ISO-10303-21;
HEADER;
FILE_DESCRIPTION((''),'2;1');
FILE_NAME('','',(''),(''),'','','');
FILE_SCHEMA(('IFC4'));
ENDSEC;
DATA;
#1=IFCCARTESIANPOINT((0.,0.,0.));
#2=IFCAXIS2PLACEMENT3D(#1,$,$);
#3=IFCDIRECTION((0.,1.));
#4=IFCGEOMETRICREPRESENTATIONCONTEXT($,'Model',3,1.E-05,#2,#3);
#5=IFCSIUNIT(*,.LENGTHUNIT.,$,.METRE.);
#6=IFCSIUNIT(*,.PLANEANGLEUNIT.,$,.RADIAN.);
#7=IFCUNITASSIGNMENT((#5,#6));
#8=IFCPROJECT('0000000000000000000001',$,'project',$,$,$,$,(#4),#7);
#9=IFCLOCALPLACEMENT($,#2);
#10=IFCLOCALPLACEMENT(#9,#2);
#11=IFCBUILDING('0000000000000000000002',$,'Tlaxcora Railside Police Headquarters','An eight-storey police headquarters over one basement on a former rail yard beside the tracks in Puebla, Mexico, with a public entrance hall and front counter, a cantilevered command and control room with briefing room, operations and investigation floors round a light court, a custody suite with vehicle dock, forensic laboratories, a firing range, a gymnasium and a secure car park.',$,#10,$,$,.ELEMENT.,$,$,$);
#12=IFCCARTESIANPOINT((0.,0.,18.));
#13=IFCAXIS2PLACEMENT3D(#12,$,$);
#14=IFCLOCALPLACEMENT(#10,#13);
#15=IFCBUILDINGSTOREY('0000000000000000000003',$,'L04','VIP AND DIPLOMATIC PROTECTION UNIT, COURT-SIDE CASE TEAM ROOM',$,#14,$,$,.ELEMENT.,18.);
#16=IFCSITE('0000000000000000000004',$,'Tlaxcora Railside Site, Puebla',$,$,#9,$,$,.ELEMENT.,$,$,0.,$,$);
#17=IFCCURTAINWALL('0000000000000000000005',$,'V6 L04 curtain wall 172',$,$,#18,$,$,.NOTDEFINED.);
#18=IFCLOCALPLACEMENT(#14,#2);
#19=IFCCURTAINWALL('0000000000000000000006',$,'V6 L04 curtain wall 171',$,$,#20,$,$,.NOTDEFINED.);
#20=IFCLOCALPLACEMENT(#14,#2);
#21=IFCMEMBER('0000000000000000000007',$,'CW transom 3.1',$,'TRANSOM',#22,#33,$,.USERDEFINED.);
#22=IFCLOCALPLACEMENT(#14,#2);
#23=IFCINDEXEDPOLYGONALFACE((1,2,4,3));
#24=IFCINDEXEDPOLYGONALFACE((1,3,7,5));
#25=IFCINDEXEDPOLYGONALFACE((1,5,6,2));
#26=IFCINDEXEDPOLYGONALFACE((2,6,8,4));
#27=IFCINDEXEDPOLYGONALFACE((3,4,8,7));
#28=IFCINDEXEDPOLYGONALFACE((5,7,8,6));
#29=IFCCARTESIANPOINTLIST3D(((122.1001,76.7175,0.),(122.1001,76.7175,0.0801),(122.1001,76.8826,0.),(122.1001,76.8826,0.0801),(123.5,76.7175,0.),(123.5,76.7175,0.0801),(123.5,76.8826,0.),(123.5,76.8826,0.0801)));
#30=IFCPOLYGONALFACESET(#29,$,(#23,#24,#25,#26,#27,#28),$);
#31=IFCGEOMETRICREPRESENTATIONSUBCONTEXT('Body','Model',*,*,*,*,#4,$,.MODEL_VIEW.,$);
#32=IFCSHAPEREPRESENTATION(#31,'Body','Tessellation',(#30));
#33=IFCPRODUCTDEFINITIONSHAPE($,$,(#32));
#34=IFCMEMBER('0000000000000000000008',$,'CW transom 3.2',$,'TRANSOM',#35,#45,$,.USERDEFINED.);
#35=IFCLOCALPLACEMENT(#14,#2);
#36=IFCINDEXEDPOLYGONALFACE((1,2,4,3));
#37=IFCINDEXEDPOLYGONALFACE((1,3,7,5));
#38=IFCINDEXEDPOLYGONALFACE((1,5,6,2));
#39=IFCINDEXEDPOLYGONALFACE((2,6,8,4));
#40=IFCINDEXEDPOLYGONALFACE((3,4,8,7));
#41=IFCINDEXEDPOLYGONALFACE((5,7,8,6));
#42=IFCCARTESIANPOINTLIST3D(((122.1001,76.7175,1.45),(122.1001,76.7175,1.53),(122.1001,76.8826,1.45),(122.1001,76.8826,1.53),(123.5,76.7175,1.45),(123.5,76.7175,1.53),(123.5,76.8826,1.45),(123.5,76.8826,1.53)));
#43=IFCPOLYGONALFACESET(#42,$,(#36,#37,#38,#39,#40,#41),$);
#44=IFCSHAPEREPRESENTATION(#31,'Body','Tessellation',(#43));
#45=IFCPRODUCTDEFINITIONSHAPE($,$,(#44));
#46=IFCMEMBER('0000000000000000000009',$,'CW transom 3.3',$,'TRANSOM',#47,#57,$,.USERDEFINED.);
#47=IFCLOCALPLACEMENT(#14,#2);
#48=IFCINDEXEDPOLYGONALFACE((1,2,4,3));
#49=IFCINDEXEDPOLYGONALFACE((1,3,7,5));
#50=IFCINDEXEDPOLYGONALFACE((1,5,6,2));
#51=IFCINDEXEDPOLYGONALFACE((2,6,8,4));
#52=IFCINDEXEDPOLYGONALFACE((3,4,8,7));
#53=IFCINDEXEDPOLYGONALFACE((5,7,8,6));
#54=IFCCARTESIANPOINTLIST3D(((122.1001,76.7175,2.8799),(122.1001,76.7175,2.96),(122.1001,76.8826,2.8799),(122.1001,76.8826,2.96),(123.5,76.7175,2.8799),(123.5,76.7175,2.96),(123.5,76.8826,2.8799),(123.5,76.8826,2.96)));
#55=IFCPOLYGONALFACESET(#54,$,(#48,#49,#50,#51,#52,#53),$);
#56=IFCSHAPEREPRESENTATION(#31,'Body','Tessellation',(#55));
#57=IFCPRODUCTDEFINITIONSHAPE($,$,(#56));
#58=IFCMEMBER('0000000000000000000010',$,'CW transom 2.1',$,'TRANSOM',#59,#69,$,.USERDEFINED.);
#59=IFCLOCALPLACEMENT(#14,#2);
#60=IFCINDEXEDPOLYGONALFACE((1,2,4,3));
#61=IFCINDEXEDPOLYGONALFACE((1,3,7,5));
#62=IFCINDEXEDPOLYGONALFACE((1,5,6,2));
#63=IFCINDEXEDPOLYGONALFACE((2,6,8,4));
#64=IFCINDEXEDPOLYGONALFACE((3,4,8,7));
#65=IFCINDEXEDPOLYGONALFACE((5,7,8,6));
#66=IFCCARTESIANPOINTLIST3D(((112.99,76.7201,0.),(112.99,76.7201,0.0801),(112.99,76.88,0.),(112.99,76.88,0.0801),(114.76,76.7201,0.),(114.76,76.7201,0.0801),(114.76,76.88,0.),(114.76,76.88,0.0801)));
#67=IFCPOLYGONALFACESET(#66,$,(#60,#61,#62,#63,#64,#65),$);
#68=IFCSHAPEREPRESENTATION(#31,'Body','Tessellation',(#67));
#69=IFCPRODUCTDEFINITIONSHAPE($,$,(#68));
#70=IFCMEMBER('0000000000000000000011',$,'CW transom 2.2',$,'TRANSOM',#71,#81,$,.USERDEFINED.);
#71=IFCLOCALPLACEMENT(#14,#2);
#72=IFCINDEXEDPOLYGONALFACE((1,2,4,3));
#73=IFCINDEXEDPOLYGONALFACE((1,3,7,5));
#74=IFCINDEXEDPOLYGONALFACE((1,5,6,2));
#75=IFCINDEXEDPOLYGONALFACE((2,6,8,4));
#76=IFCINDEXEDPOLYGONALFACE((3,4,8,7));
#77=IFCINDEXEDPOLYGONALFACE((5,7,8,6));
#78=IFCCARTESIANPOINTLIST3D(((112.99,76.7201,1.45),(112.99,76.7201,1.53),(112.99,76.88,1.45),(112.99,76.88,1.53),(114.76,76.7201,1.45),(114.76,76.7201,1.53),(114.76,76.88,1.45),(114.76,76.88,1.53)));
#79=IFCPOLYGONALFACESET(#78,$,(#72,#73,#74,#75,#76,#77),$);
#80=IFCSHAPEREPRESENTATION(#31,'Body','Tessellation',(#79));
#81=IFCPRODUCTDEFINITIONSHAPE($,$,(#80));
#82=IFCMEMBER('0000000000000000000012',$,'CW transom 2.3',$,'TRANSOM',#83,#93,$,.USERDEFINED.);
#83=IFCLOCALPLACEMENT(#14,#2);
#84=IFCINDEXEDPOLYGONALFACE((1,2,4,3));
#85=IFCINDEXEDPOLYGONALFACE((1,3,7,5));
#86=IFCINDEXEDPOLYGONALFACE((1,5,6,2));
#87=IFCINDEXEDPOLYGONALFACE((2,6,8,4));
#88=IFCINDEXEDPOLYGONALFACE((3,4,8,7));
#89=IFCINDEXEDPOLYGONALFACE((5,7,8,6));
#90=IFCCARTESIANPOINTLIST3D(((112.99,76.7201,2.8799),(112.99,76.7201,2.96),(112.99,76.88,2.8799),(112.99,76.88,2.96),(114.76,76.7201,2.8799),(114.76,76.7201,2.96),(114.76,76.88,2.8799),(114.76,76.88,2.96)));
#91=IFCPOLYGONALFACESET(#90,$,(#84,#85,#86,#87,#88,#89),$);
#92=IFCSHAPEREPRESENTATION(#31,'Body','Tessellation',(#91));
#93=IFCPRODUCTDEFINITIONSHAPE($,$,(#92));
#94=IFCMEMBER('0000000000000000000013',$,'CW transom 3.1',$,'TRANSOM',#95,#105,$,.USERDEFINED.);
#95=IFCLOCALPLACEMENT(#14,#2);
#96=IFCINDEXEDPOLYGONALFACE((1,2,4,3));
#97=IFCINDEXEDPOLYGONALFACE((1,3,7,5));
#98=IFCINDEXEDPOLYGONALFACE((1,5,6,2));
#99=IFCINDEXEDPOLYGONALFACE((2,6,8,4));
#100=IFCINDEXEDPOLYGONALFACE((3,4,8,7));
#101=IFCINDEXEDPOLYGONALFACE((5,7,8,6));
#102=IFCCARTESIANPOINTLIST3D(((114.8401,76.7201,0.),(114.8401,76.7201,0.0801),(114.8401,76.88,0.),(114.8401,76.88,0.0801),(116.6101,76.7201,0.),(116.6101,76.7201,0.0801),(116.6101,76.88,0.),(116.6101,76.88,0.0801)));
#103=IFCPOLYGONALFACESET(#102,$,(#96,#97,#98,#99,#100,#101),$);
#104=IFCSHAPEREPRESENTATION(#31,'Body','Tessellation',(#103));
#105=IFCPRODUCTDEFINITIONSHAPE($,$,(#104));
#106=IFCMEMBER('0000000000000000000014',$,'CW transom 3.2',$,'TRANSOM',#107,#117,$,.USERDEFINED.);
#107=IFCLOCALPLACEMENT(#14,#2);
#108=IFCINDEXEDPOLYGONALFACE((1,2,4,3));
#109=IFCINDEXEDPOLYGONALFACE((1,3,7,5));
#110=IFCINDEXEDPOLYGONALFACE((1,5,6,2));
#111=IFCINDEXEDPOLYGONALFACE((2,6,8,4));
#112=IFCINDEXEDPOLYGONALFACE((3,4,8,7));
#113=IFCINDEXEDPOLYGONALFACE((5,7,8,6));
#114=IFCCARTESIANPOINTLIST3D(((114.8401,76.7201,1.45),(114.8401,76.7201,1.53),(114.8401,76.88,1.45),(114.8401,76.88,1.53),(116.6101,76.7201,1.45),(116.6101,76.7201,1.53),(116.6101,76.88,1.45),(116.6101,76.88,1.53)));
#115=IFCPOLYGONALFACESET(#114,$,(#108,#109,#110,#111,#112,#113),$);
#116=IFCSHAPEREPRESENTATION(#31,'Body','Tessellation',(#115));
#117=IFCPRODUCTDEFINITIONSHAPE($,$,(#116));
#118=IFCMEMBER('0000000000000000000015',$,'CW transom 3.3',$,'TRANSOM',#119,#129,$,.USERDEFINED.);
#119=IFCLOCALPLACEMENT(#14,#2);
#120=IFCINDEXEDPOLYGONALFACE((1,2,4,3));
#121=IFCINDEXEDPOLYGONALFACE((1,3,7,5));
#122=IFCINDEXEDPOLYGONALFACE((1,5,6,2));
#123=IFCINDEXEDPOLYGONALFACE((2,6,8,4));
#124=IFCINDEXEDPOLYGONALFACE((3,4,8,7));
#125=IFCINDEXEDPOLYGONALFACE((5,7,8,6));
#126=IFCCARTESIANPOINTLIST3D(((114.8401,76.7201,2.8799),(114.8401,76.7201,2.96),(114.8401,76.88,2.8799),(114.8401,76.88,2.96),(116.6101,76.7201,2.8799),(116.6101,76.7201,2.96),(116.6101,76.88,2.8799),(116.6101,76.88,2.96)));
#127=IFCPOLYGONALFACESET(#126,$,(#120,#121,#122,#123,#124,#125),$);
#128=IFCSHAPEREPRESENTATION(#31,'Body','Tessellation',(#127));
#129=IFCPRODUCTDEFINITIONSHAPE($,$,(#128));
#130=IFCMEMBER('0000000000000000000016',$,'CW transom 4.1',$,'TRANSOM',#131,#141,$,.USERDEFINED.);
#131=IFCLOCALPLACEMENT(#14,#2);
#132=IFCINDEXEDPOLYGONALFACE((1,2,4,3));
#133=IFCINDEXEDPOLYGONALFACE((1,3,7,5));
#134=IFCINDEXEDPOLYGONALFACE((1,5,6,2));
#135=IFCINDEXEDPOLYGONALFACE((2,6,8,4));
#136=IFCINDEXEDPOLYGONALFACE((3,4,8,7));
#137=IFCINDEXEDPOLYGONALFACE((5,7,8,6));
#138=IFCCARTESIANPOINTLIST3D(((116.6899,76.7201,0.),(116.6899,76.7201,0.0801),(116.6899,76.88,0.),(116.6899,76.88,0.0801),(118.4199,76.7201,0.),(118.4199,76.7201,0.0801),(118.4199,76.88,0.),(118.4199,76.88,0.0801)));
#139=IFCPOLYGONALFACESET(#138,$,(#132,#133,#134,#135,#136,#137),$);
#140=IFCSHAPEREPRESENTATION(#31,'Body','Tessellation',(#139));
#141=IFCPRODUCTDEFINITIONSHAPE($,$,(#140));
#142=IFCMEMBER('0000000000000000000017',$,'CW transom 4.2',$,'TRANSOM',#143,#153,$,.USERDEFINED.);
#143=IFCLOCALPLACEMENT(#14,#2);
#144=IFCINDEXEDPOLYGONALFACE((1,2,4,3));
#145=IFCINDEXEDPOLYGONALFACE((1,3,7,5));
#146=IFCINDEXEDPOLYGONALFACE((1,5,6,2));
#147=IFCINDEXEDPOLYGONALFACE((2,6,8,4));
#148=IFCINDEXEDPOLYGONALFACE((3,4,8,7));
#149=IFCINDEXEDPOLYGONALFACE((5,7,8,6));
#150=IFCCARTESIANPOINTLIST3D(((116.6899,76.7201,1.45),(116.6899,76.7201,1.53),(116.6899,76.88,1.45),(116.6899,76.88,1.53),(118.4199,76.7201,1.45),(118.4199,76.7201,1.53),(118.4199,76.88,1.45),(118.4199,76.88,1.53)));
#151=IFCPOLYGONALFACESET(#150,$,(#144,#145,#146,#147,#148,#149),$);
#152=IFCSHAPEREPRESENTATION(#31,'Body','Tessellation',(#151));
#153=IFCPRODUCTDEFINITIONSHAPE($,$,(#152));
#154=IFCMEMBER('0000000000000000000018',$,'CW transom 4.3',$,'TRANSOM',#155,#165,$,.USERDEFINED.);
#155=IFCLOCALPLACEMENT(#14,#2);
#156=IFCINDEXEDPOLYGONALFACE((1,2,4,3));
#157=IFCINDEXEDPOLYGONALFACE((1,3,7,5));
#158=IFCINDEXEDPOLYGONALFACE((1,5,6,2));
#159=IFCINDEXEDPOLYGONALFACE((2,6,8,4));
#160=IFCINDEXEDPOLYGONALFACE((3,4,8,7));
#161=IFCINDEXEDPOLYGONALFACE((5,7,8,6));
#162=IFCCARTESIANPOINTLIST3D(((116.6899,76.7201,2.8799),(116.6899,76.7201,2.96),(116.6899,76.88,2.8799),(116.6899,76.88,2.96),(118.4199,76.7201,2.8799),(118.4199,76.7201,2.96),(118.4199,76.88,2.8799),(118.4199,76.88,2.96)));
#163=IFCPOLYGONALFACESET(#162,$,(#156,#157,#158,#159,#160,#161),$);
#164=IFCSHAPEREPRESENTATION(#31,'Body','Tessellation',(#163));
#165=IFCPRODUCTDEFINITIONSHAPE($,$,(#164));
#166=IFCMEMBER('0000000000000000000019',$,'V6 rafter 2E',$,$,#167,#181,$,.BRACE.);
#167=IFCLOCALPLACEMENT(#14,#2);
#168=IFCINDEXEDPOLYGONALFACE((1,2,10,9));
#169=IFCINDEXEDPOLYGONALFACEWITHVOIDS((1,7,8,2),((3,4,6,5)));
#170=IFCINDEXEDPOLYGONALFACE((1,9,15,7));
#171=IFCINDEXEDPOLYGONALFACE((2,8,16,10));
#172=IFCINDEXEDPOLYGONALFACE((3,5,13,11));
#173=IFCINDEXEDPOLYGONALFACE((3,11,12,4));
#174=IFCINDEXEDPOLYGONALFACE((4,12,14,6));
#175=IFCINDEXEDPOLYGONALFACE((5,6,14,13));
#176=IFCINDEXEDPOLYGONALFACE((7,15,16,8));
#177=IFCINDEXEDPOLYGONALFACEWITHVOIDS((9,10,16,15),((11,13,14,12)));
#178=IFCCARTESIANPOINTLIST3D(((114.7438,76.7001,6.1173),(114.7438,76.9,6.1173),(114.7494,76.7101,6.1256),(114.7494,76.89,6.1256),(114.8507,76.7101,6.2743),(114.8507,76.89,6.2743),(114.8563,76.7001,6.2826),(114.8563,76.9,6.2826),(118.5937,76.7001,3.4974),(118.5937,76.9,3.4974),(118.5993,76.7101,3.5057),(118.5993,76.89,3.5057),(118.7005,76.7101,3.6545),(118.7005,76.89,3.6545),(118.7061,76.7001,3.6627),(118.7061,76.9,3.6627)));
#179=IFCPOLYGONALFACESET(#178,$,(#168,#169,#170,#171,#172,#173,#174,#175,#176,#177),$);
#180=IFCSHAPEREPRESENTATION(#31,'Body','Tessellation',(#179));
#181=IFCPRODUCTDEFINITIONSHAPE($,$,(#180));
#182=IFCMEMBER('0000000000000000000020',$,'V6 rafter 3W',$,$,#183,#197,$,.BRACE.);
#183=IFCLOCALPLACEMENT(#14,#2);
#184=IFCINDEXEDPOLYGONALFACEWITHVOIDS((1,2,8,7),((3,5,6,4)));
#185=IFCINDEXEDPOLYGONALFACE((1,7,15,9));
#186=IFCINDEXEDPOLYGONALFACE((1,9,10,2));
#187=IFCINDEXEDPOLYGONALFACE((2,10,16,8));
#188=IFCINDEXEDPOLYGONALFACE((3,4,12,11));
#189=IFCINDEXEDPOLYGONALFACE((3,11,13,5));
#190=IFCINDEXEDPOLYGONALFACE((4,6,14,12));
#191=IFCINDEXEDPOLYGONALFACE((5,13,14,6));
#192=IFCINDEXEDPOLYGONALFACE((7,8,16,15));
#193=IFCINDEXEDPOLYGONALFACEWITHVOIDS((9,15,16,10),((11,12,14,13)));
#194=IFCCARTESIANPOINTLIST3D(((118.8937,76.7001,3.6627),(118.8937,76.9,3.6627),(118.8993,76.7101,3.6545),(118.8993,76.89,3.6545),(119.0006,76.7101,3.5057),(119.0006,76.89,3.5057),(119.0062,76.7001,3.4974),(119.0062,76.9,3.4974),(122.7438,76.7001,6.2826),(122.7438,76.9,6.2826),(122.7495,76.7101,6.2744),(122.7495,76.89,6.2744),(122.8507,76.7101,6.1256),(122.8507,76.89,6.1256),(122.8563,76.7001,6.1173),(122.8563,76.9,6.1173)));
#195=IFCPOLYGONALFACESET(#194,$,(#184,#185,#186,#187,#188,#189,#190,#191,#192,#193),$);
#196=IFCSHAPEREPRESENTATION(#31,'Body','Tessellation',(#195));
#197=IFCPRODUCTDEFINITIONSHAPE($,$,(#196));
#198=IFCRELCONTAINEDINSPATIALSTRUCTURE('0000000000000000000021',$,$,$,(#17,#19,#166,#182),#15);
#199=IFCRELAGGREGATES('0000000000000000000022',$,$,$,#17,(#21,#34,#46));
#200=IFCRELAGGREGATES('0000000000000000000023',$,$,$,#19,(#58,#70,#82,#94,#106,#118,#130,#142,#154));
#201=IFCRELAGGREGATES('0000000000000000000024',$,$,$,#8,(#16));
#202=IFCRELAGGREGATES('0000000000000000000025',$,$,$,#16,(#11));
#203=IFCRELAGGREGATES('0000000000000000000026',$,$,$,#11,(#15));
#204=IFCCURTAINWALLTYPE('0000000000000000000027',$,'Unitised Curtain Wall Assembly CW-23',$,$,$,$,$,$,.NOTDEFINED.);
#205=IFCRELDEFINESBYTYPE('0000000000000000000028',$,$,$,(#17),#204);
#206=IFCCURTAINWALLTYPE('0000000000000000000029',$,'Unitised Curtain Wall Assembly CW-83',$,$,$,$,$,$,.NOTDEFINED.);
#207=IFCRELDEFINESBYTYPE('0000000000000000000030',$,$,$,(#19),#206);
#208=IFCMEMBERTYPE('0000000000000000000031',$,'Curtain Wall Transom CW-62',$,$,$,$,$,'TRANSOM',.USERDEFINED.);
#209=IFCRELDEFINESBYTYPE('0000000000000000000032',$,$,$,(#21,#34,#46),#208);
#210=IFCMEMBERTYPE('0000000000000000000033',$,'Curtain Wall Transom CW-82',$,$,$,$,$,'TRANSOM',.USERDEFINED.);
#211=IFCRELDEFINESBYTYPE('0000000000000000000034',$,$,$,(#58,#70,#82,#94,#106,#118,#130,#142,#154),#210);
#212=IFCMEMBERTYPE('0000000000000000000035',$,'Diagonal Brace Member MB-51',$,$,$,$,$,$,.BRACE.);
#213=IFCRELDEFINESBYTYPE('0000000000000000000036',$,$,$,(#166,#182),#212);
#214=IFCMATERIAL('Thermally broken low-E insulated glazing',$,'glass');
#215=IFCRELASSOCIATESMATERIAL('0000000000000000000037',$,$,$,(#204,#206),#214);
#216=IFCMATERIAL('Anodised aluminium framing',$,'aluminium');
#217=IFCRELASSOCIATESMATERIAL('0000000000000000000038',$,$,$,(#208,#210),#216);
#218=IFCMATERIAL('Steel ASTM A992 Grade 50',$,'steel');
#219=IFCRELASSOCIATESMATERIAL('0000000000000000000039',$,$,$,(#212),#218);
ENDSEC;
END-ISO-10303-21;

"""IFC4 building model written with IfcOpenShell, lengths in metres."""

from ifc_helpers import new_model, si_unit, direction, frame, origin, origin_2d, place, context, subcontext, project, spatial, rectangle, hollow_rectangle, extrude, material, material_profile, profile_set, type_object, element, aggregate, save


model = new_model("IFC4")

# Units and contexts
model_context = context("Model", 3, precision=1e-05, world=origin(), true_north=direction((0.0, 1.0)))
body_context = subcontext(model_context, "Body", "Model", "MODEL_VIEW")
ifc_project = project(units=[si_unit("LENGTHUNIT", "METRE"), si_unit("PLANEANGLEUNIT", "RADIAN")], contexts=[model_context])

# Site, building, storey
site_placement = place(None, origin())
site = spatial("IfcSite", under=ifc_project, at=site_placement, Name="Tlaxcora Railside Site, Puebla", CompositionType="ELEMENT", RefElevation=0.0)
building_placement = place(site_placement, origin())
building = spatial("IfcBuilding", under=site, at=building_placement, Name="Tlaxcora Railside Police Headquarters", Description="An eight-storey police headquarters over one basement on a former rail yard beside the tracks in Puebla, Mexico, with a public entrance hall and front counter, a cantilevered command and control room with briefing room, operations and investigation floors round a light court, a custody suite with vehicle dock, forensic laboratories, a firing range, a gymnasium and a secure car park.", CompositionType="ELEMENT")
storey_placement = place(building_placement, frame((0.0, 0.0, 18.0)))
storey = spatial("IfcBuildingStorey", under=building, at=storey_placement, Name="L04", Description="VIP AND DIPLOMATIC PROTECTION UNIT, COURT-SIDE CASE TEAM ROOM", CompositionType="ELEMENT", Elevation=18.0)

# Curtain walls
ifc_material_1 = material(Name="Thermally broken low-E insulated glazing", Category="glass")
curtain_wall_type_1 = type_object("IfcCurtainWallType", Name="Unitised Curtain Wall Assembly CW-23", PredefinedType="NOTDEFINED", material=ifc_material_1)
curtain_wall_1_placement = place(storey_placement, origin())
curtain_wall_1 = element("IfcCurtainWall", 1, at=curtain_wall_1_placement, inside=storey, type_object=curtain_wall_type_1, Name="V6 L04 curtain wall 172", PredefinedType="NOTDEFINED")
ifc_material_2 = material(Name="Anodised aluminium framing", Category="aluminium")
curtain_wall_type_2 = type_object("IfcCurtainWallType", Name="Unitised Curtain Wall Assembly CW-83", PredefinedType="NOTDEFINED", material=ifc_material_1)
curtain_wall_2_placement = place(storey_placement, origin())
curtain_wall_2 = element("IfcCurtainWall", 2, at=curtain_wall_2_placement, inside=storey, type_object=curtain_wall_type_2, Name="V6 L04 curtain wall 171", PredefinedType="NOTDEFINED")

# Members
ifc_material_profile_1 = material_profile(ifc_material_2, rectangle(XDim=0.165, YDim=0.0801, at=origin_2d()), Name="AL80X165")
ifc_profile_set_1 = profile_set([ifc_material_profile_1], Name="Anodised aluminium framing")
member_type_1 = type_object("IfcMemberType", Name="Curtain Wall Transom CW-62", ElementType="TRANSOM", PredefinedType="USERDEFINED", material=ifc_profile_set_1)
member_1_placement = place(storey_placement, frame((122.1001, 76.8, 0.04), z_axis=(1.0, 0.0, 0.0), x_axis=(0.0, 1.0, 0.0)))
member_1 = element("IfcMember", 3, at=member_1_placement, type_object=member_type_1, Name="CW transom 3.1", ObjectType="TRANSOM", PredefinedType="USERDEFINED", context=body_context, shape_type="SweptSolid", body=[
    extrude(rectangle(XDim=0.165, YDim=0.0801, at=origin_2d()), origin(), (0.0, 0.0, 1.0), 1.3999),
])
member_2_placement = place(storey_placement, frame((122.1001, 76.8, 1.49), z_axis=(1.0, 0.0, 0.0), x_axis=(0.0, 1.0, 0.0)))
member_2 = element("IfcMember", 4, at=member_2_placement, type_object=member_type_1, Name="CW transom 3.2", ObjectType="TRANSOM", PredefinedType="USERDEFINED", context=body_context, shape_type="SweptSolid", body=[
    extrude(rectangle(XDim=0.165, YDim=0.0801, at=origin_2d()), origin(), (0.0, 0.0, 1.0), 1.3999),
])
member_3_placement = place(storey_placement, frame((122.1001, 76.8, 2.9199), z_axis=(1.0, 0.0, 0.0), x_axis=(0.0, 1.0, 0.0)))
member_3 = element("IfcMember", 5, at=member_3_placement, type_object=member_type_1, Name="CW transom 3.3", ObjectType="TRANSOM", PredefinedType="USERDEFINED", context=body_context, shape_type="SweptSolid", body=[
    extrude(rectangle(XDim=0.165, YDim=0.0801, at=origin_2d()), origin(), (0.0, 0.0, 1.0), 1.3999),
])
ifc_material_profile_2 = material_profile(ifc_material_2, rectangle(XDim=0.1599, YDim=0.0801, at=origin_2d()), Name="AL80X160")
ifc_profile_set_2 = profile_set([ifc_material_profile_2], Name="Anodised aluminium framing")
member_type_2 = type_object("IfcMemberType", Name="Curtain Wall Transom CW-82", ElementType="TRANSOM", PredefinedType="USERDEFINED", material=ifc_profile_set_2)
member_4_placement = place(storey_placement, frame((112.99, 76.8, 0.04), z_axis=(1.0, 0.0, 0.0), x_axis=(0.0, 1.0, 0.0)))
member_4 = element("IfcMember", 6, at=member_4_placement, type_object=member_type_2, Name="CW transom 2.1", ObjectType="TRANSOM", PredefinedType="USERDEFINED", context=body_context, shape_type="SweptSolid", body=[
    extrude(rectangle(XDim=0.1599, YDim=0.0801, at=origin_2d()), origin(), (0.0, 0.0, 1.0), 1.77),
])
member_5_placement = place(storey_placement, frame((112.99, 76.8, 1.49), z_axis=(1.0, 0.0, 0.0), x_axis=(0.0, 1.0, 0.0)))
member_5 = element("IfcMember", 7, at=member_5_placement, type_object=member_type_2, Name="CW transom 2.2", ObjectType="TRANSOM", PredefinedType="USERDEFINED", context=body_context, shape_type="SweptSolid", body=[
    extrude(rectangle(XDim=0.1599, YDim=0.0801, at=origin_2d()), origin(), (0.0, 0.0, 1.0), 1.77),
])
member_6_placement = place(storey_placement, frame((112.99, 76.8, 2.9199), z_axis=(1.0, 0.0, 0.0), x_axis=(0.0, 1.0, 0.0)))
member_6 = element("IfcMember", 8, at=member_6_placement, type_object=member_type_2, Name="CW transom 2.3", ObjectType="TRANSOM", PredefinedType="USERDEFINED", context=body_context, shape_type="SweptSolid", body=[
    extrude(rectangle(XDim=0.1599, YDim=0.0801, at=origin_2d()), origin(), (0.0, 0.0, 1.0), 1.77),
])
member_7_placement = place(storey_placement, frame((114.8401, 76.8, 0.04), z_axis=(1.0, 0.0, 0.0), x_axis=(0.0, 1.0, 0.0)))
member_7 = element("IfcMember", 9, at=member_7_placement, type_object=member_type_2, Name="CW transom 3.1", ObjectType="TRANSOM", PredefinedType="USERDEFINED", context=body_context, shape_type="SweptSolid", body=[
    extrude(rectangle(XDim=0.1599, YDim=0.0801, at=origin_2d()), origin(), (0.0, 0.0, 1.0), 1.77),
])
member_8_placement = place(storey_placement, frame((114.8401, 76.8, 1.49), z_axis=(1.0, 0.0, 0.0), x_axis=(0.0, 1.0, 0.0)))
member_8 = element("IfcMember", 10, at=member_8_placement, type_object=member_type_2, Name="CW transom 3.2", ObjectType="TRANSOM", PredefinedType="USERDEFINED", context=body_context, shape_type="SweptSolid", body=[
    extrude(rectangle(XDim=0.1599, YDim=0.0801, at=origin_2d()), origin(), (0.0, 0.0, 1.0), 1.77),
])
member_9_placement = place(storey_placement, frame((114.8401, 76.8, 2.9199), z_axis=(1.0, 0.0, 0.0), x_axis=(0.0, 1.0, 0.0)))
member_9 = element("IfcMember", 11, at=member_9_placement, type_object=member_type_2, Name="CW transom 3.3", ObjectType="TRANSOM", PredefinedType="USERDEFINED", context=body_context, shape_type="SweptSolid", body=[
    extrude(rectangle(XDim=0.1599, YDim=0.0801, at=origin_2d()), origin(), (0.0, 0.0, 1.0), 1.77),
])
member_10_placement = place(storey_placement, frame((116.6899, 76.8, 0.04), z_axis=(1.0, 0.0, 0.0), x_axis=(0.0, 1.0, 0.0)))
member_10 = element("IfcMember", 12, at=member_10_placement, type_object=member_type_2, Name="CW transom 4.1", ObjectType="TRANSOM", PredefinedType="USERDEFINED", context=body_context, shape_type="SweptSolid", body=[
    extrude(rectangle(XDim=0.1599, YDim=0.0801, at=origin_2d()), origin(), (0.0, 0.0, 1.0), 1.73),
])
member_11_placement = place(storey_placement, frame((116.6899, 76.8, 1.49), z_axis=(1.0, 0.0, 0.0), x_axis=(0.0, 1.0, 0.0)))
member_11 = element("IfcMember", 13, at=member_11_placement, type_object=member_type_2, Name="CW transom 4.2", ObjectType="TRANSOM", PredefinedType="USERDEFINED", context=body_context, shape_type="SweptSolid", body=[
    extrude(rectangle(XDim=0.1599, YDim=0.0801, at=origin_2d()), origin(), (0.0, 0.0, 1.0), 1.73),
])
member_12_placement = place(storey_placement, frame((116.6899, 76.8, 2.9199), z_axis=(1.0, 0.0, 0.0), x_axis=(0.0, 1.0, 0.0)))
member_12 = element("IfcMember", 14, at=member_12_placement, type_object=member_type_2, Name="CW transom 4.3", ObjectType="TRANSOM", PredefinedType="USERDEFINED", context=body_context, shape_type="SweptSolid", body=[
    extrude(rectangle(XDim=0.1599, YDim=0.0801, at=origin_2d()), origin(), (0.0, 0.0, 1.0), 1.73),
])

# Members
ifc_material_3 = material(Name="Steel ASTM A992 Grade 50", Category="steel")
ifc_material_profile_3 = material_profile(ifc_material_3, hollow_rectangle(XDim=0.2, YDim=0.2, WallThickness=0.01, at=origin_2d()), Name="HSS200X200X10")
ifc_profile_set_3 = profile_set([ifc_material_profile_3], Name="Steel ASTM A992 Grade 50")
member_type_3 = type_object("IfcMemberType", Name="Diagonal Brace Member MB-51", PredefinedType="BRACE", material=ifc_profile_set_3)
member_13_placement = place(storey_placement, frame((118.6499, 76.8, 3.5801), z_axis=(-0.826729, 0.0, 0.5626), x_axis=(0.0, -1.0, 0.0)))
element("IfcMember", 15, at=member_13_placement, inside=storey, type_object=member_type_3, Name="V6 rafter 2E", PredefinedType="BRACE", context=body_context, shape_type="SweptSolid", body=[
    extrude(hollow_rectangle(XDim=0.2, YDim=0.2, WallThickness=0.01, at=origin_2d()), origin(), (0.0, 0.0, 1.0), 4.6567),
])
member_14_placement = place(storey_placement, frame((118.95, 76.8, 3.5801), z_axis=(0.826746, 0.0, 0.562575), x_axis=(0.0, 1.0, 0.0)))
element("IfcMember", 16, at=member_14_placement, inside=storey, type_object=member_type_3, Name="V6 rafter 3W", PredefinedType="BRACE", context=body_context, shape_type="SweptSolid", body=[
    extrude(hollow_rectangle(XDim=0.2, YDim=0.2, WallThickness=0.01, at=origin_2d()), origin(), (0.0, 0.0, 1.0), 4.657),
])

aggregate(curtain_wall_1, [member_1, member_2, member_3])
aggregate(curtain_wall_2, [member_4, member_5, member_6, member_7, member_8, member_9, member_10, member_11, member_12])

save(model, "model.ifc")
